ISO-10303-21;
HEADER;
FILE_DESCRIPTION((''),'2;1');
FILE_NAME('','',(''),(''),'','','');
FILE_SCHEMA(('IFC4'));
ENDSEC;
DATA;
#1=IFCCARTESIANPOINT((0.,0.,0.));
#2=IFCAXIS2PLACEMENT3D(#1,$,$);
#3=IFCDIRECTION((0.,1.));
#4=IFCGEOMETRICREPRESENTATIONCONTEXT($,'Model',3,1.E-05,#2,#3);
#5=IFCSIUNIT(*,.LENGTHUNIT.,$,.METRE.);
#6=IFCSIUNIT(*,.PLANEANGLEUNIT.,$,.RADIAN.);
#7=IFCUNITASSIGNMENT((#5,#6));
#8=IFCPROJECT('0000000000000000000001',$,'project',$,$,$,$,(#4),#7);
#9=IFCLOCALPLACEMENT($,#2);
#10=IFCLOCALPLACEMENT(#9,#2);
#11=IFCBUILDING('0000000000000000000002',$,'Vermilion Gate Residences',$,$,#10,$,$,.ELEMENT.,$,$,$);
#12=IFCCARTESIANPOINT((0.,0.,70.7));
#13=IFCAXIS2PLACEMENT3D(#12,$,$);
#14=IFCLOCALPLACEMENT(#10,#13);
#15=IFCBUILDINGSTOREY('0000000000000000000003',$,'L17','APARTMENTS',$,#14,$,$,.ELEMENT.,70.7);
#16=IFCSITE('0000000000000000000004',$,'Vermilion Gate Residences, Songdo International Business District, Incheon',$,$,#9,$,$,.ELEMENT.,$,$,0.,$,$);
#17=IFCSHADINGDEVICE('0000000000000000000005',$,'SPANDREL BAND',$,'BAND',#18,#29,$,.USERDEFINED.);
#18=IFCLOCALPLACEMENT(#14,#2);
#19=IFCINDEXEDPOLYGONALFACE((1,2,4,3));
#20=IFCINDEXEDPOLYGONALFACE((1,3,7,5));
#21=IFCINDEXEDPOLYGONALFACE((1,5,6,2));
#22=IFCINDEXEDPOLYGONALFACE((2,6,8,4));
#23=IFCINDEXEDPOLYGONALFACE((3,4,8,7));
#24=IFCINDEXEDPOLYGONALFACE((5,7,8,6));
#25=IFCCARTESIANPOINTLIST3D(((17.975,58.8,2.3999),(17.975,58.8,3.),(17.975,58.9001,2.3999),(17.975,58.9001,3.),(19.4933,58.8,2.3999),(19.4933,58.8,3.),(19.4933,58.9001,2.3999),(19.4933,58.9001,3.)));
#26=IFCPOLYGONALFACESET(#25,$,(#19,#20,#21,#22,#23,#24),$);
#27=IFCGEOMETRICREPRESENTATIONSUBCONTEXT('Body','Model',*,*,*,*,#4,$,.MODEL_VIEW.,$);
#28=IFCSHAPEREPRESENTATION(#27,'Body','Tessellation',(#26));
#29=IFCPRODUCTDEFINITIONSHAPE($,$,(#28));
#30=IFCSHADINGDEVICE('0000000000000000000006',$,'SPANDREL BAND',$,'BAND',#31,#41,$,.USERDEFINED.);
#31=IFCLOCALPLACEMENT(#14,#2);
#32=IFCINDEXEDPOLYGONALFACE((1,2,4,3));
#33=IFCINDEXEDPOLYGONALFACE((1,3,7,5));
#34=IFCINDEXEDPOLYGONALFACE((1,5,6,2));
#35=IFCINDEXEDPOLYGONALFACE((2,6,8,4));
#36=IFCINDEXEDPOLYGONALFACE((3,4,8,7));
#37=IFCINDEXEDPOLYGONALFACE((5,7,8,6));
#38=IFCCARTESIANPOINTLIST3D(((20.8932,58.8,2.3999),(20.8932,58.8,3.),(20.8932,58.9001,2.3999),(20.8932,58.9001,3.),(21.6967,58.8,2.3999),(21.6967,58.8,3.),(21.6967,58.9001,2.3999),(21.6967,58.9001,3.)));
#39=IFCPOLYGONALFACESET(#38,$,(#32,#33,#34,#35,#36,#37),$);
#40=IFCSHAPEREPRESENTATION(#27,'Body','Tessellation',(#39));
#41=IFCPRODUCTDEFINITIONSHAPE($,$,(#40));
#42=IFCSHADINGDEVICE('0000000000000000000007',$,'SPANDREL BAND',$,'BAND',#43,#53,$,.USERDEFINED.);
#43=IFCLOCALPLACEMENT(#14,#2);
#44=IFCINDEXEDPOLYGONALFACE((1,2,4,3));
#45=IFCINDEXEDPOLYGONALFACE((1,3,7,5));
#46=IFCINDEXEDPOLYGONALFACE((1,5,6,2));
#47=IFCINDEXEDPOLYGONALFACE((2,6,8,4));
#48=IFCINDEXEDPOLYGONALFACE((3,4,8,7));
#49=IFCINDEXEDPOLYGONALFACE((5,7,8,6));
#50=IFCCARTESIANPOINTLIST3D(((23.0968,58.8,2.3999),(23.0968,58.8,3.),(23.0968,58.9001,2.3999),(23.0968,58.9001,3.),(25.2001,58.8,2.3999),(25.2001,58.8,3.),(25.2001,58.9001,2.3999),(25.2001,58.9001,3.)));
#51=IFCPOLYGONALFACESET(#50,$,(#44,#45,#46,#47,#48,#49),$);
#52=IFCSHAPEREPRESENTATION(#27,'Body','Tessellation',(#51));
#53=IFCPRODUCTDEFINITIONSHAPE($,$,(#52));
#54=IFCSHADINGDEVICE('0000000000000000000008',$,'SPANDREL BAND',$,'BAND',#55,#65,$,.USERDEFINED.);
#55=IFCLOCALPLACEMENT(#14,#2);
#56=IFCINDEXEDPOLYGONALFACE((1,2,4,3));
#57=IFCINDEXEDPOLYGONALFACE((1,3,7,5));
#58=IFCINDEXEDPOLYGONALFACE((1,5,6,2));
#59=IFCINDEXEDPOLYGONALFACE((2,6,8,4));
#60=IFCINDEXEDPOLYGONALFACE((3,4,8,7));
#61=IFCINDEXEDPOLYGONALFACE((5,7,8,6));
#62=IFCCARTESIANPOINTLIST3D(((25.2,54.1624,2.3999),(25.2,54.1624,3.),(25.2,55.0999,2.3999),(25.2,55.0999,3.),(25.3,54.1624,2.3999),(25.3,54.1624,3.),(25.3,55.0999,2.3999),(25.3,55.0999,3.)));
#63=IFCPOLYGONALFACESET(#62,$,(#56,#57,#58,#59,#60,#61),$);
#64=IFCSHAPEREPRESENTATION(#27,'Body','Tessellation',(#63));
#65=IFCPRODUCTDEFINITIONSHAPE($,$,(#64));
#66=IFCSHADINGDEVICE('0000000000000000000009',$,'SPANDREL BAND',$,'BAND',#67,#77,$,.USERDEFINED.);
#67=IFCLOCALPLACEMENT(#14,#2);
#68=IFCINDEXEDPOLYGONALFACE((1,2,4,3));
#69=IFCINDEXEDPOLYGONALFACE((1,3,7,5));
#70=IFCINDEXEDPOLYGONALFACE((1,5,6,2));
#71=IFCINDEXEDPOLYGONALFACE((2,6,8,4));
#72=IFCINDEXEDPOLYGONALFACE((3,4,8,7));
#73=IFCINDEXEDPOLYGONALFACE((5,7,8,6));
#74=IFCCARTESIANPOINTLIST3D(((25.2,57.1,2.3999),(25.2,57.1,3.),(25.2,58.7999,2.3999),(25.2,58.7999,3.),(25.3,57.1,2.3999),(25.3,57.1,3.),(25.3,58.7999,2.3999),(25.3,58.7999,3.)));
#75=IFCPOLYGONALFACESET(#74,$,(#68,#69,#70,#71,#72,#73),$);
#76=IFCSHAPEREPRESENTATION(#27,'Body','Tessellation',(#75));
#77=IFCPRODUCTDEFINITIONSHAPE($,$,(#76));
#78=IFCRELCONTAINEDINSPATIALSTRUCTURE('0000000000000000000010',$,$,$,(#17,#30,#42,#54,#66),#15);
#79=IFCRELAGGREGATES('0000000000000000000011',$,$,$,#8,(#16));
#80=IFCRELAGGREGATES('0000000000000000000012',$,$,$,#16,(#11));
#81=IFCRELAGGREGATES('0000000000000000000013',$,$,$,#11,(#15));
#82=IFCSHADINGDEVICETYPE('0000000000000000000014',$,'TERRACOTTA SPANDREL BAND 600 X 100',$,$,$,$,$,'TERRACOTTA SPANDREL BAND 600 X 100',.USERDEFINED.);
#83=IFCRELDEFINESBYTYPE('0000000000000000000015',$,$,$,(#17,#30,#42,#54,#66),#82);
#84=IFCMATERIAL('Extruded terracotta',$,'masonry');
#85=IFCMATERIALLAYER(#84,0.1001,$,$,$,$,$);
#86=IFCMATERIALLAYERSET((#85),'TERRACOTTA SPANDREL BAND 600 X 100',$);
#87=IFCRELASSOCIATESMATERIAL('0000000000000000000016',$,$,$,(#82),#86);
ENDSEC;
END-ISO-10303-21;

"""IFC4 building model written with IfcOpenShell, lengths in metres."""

from ifc_helpers import new_model, si_unit, direction, frame, origin, origin_2d, place, context, subcontext, project, spatial, rectangle, extrude, material, layer, layer_set, type_object, element, save


model = new_model("IFC4")

# Units and contexts
model_context = context("Model", 3, precision=1e-05, world=origin(), true_north=direction((0.0, 1.0)))
body_context = subcontext(model_context, "Body", "Model", "MODEL_VIEW")
ifc_project = project(units=[si_unit("LENGTHUNIT", "METRE"), si_unit("PLANEANGLEUNIT", "RADIAN")], contexts=[model_context])

# Site, building, storey
site_placement = place(None, origin())
site = spatial("IfcSite", under=ifc_project, at=site_placement, Name="Vermilion Gate Residences, Songdo International Business District, Incheon", CompositionType="ELEMENT", RefElevation=0.0)
building_placement = place(site_placement, origin())
building = spatial("IfcBuilding", under=site, at=building_placement, Name="Vermilion Gate Residences", CompositionType="ELEMENT")
storey_placement = place(building_placement, frame((0.0, 0.0, 70.7)))
storey = spatial("IfcBuildingStorey", under=building, at=storey_placement, Name="L17", Description="APARTMENTS", CompositionType="ELEMENT", Elevation=70.7)

# Shading devices
ifc_material_1 = material(Name="Extruded terracotta", Category="masonry")
ifc_layer_1 = layer(ifc_material_1, 0.1001)
ifc_layer_set_1 = layer_set([ifc_layer_1], Name="TERRACOTTA SPANDREL BAND 600 X 100")
shading_device_type = type_object("IfcShadingDeviceType", Name="TERRACOTTA SPANDREL BAND 600 X 100", ElementType="TERRACOTTA SPANDREL BAND 600 X 100", PredefinedType="USERDEFINED", material=ifc_layer_set_1)
shading_device_1_placement = place(storey_placement, frame((18.7341, 58.8501, 2.3999), z_axis=(0.0, 0.0, 1.0), x_axis=(1.0, 0.0, 0.0)))
element("IfcShadingDevice", 1, at=shading_device_1_placement, inside=storey, type_object=shading_device_type, Name="SPANDREL BAND", ObjectType="BAND", PredefinedType="USERDEFINED", context=body_context, shape_type="SweptSolid", body=[
    extrude(rectangle(XDim=1.5183, YDim=0.1001, at=origin_2d()), origin(), (0.0, 0.0, 1.0), 0.6001),
])
shading_device_2_placement = place(storey_placement, frame((21.2949, 58.8501, 2.3999), z_axis=(0.0, 0.0, 1.0), x_axis=(1.0, 0.0, 0.0)))
element("IfcShadingDevice", 2, at=shading_device_2_placement, inside=storey, type_object=shading_device_type, Name="SPANDREL BAND", ObjectType="BAND", PredefinedType="USERDEFINED", context=body_context, shape_type="SweptSolid", body=[
    extrude(rectangle(XDim=0.8035, YDim=0.1001, at=origin_2d()), origin(), (0.0, 0.0, 1.0), 0.6001),
])
shading_device_3_placement = place(storey_placement, frame((24.1484, 58.8501, 2.3999), z_axis=(0.0, 0.0, 1.0), x_axis=(1.0, 0.0, 0.0)))
element("IfcShadingDevice", 3, at=shading_device_3_placement, inside=storey, type_object=shading_device_type, Name="SPANDREL BAND", ObjectType="BAND", PredefinedType="USERDEFINED", context=body_context, shape_type="SweptSolid", body=[
    extrude(rectangle(XDim=2.1033, YDim=0.1001, at=origin_2d()), origin(), (0.0, 0.0, 1.0), 0.6001),
])
shading_device_4_placement = place(storey_placement, frame((25.25, 54.6311, 2.3999), z_axis=(0.0, 0.0, 1.0), x_axis=(0.0, 1.0, 0.0)))
element("IfcShadingDevice", 4, at=shading_device_4_placement, inside=storey, type_object=shading_device_type, Name="SPANDREL BAND", ObjectType="BAND", PredefinedType="USERDEFINED", context=body_context, shape_type="SweptSolid", body=[
    extrude(rectangle(XDim=0.9375, YDim=0.1001, at=origin_2d()), origin(), (0.0, 0.0, 1.0), 0.6001),
])
shading_device_5_placement = place(storey_placement, frame((25.25, 57.95, 2.3999), z_axis=(0.0, 0.0, 1.0), x_axis=(0.0, 1.0, 0.0)))
element("IfcShadingDevice", 5, at=shading_device_5_placement, inside=storey, type_object=shading_device_type, Name="SPANDREL BAND", ObjectType="BAND", PredefinedType="USERDEFINED", context=body_context, shape_type="SweptSolid", body=[
    extrude(rectangle(XDim=1.7, YDim=0.1001, at=origin_2d()), origin(), (0.0, 0.0, 1.0), 0.6001),
])

save(model, "model.ifc")
